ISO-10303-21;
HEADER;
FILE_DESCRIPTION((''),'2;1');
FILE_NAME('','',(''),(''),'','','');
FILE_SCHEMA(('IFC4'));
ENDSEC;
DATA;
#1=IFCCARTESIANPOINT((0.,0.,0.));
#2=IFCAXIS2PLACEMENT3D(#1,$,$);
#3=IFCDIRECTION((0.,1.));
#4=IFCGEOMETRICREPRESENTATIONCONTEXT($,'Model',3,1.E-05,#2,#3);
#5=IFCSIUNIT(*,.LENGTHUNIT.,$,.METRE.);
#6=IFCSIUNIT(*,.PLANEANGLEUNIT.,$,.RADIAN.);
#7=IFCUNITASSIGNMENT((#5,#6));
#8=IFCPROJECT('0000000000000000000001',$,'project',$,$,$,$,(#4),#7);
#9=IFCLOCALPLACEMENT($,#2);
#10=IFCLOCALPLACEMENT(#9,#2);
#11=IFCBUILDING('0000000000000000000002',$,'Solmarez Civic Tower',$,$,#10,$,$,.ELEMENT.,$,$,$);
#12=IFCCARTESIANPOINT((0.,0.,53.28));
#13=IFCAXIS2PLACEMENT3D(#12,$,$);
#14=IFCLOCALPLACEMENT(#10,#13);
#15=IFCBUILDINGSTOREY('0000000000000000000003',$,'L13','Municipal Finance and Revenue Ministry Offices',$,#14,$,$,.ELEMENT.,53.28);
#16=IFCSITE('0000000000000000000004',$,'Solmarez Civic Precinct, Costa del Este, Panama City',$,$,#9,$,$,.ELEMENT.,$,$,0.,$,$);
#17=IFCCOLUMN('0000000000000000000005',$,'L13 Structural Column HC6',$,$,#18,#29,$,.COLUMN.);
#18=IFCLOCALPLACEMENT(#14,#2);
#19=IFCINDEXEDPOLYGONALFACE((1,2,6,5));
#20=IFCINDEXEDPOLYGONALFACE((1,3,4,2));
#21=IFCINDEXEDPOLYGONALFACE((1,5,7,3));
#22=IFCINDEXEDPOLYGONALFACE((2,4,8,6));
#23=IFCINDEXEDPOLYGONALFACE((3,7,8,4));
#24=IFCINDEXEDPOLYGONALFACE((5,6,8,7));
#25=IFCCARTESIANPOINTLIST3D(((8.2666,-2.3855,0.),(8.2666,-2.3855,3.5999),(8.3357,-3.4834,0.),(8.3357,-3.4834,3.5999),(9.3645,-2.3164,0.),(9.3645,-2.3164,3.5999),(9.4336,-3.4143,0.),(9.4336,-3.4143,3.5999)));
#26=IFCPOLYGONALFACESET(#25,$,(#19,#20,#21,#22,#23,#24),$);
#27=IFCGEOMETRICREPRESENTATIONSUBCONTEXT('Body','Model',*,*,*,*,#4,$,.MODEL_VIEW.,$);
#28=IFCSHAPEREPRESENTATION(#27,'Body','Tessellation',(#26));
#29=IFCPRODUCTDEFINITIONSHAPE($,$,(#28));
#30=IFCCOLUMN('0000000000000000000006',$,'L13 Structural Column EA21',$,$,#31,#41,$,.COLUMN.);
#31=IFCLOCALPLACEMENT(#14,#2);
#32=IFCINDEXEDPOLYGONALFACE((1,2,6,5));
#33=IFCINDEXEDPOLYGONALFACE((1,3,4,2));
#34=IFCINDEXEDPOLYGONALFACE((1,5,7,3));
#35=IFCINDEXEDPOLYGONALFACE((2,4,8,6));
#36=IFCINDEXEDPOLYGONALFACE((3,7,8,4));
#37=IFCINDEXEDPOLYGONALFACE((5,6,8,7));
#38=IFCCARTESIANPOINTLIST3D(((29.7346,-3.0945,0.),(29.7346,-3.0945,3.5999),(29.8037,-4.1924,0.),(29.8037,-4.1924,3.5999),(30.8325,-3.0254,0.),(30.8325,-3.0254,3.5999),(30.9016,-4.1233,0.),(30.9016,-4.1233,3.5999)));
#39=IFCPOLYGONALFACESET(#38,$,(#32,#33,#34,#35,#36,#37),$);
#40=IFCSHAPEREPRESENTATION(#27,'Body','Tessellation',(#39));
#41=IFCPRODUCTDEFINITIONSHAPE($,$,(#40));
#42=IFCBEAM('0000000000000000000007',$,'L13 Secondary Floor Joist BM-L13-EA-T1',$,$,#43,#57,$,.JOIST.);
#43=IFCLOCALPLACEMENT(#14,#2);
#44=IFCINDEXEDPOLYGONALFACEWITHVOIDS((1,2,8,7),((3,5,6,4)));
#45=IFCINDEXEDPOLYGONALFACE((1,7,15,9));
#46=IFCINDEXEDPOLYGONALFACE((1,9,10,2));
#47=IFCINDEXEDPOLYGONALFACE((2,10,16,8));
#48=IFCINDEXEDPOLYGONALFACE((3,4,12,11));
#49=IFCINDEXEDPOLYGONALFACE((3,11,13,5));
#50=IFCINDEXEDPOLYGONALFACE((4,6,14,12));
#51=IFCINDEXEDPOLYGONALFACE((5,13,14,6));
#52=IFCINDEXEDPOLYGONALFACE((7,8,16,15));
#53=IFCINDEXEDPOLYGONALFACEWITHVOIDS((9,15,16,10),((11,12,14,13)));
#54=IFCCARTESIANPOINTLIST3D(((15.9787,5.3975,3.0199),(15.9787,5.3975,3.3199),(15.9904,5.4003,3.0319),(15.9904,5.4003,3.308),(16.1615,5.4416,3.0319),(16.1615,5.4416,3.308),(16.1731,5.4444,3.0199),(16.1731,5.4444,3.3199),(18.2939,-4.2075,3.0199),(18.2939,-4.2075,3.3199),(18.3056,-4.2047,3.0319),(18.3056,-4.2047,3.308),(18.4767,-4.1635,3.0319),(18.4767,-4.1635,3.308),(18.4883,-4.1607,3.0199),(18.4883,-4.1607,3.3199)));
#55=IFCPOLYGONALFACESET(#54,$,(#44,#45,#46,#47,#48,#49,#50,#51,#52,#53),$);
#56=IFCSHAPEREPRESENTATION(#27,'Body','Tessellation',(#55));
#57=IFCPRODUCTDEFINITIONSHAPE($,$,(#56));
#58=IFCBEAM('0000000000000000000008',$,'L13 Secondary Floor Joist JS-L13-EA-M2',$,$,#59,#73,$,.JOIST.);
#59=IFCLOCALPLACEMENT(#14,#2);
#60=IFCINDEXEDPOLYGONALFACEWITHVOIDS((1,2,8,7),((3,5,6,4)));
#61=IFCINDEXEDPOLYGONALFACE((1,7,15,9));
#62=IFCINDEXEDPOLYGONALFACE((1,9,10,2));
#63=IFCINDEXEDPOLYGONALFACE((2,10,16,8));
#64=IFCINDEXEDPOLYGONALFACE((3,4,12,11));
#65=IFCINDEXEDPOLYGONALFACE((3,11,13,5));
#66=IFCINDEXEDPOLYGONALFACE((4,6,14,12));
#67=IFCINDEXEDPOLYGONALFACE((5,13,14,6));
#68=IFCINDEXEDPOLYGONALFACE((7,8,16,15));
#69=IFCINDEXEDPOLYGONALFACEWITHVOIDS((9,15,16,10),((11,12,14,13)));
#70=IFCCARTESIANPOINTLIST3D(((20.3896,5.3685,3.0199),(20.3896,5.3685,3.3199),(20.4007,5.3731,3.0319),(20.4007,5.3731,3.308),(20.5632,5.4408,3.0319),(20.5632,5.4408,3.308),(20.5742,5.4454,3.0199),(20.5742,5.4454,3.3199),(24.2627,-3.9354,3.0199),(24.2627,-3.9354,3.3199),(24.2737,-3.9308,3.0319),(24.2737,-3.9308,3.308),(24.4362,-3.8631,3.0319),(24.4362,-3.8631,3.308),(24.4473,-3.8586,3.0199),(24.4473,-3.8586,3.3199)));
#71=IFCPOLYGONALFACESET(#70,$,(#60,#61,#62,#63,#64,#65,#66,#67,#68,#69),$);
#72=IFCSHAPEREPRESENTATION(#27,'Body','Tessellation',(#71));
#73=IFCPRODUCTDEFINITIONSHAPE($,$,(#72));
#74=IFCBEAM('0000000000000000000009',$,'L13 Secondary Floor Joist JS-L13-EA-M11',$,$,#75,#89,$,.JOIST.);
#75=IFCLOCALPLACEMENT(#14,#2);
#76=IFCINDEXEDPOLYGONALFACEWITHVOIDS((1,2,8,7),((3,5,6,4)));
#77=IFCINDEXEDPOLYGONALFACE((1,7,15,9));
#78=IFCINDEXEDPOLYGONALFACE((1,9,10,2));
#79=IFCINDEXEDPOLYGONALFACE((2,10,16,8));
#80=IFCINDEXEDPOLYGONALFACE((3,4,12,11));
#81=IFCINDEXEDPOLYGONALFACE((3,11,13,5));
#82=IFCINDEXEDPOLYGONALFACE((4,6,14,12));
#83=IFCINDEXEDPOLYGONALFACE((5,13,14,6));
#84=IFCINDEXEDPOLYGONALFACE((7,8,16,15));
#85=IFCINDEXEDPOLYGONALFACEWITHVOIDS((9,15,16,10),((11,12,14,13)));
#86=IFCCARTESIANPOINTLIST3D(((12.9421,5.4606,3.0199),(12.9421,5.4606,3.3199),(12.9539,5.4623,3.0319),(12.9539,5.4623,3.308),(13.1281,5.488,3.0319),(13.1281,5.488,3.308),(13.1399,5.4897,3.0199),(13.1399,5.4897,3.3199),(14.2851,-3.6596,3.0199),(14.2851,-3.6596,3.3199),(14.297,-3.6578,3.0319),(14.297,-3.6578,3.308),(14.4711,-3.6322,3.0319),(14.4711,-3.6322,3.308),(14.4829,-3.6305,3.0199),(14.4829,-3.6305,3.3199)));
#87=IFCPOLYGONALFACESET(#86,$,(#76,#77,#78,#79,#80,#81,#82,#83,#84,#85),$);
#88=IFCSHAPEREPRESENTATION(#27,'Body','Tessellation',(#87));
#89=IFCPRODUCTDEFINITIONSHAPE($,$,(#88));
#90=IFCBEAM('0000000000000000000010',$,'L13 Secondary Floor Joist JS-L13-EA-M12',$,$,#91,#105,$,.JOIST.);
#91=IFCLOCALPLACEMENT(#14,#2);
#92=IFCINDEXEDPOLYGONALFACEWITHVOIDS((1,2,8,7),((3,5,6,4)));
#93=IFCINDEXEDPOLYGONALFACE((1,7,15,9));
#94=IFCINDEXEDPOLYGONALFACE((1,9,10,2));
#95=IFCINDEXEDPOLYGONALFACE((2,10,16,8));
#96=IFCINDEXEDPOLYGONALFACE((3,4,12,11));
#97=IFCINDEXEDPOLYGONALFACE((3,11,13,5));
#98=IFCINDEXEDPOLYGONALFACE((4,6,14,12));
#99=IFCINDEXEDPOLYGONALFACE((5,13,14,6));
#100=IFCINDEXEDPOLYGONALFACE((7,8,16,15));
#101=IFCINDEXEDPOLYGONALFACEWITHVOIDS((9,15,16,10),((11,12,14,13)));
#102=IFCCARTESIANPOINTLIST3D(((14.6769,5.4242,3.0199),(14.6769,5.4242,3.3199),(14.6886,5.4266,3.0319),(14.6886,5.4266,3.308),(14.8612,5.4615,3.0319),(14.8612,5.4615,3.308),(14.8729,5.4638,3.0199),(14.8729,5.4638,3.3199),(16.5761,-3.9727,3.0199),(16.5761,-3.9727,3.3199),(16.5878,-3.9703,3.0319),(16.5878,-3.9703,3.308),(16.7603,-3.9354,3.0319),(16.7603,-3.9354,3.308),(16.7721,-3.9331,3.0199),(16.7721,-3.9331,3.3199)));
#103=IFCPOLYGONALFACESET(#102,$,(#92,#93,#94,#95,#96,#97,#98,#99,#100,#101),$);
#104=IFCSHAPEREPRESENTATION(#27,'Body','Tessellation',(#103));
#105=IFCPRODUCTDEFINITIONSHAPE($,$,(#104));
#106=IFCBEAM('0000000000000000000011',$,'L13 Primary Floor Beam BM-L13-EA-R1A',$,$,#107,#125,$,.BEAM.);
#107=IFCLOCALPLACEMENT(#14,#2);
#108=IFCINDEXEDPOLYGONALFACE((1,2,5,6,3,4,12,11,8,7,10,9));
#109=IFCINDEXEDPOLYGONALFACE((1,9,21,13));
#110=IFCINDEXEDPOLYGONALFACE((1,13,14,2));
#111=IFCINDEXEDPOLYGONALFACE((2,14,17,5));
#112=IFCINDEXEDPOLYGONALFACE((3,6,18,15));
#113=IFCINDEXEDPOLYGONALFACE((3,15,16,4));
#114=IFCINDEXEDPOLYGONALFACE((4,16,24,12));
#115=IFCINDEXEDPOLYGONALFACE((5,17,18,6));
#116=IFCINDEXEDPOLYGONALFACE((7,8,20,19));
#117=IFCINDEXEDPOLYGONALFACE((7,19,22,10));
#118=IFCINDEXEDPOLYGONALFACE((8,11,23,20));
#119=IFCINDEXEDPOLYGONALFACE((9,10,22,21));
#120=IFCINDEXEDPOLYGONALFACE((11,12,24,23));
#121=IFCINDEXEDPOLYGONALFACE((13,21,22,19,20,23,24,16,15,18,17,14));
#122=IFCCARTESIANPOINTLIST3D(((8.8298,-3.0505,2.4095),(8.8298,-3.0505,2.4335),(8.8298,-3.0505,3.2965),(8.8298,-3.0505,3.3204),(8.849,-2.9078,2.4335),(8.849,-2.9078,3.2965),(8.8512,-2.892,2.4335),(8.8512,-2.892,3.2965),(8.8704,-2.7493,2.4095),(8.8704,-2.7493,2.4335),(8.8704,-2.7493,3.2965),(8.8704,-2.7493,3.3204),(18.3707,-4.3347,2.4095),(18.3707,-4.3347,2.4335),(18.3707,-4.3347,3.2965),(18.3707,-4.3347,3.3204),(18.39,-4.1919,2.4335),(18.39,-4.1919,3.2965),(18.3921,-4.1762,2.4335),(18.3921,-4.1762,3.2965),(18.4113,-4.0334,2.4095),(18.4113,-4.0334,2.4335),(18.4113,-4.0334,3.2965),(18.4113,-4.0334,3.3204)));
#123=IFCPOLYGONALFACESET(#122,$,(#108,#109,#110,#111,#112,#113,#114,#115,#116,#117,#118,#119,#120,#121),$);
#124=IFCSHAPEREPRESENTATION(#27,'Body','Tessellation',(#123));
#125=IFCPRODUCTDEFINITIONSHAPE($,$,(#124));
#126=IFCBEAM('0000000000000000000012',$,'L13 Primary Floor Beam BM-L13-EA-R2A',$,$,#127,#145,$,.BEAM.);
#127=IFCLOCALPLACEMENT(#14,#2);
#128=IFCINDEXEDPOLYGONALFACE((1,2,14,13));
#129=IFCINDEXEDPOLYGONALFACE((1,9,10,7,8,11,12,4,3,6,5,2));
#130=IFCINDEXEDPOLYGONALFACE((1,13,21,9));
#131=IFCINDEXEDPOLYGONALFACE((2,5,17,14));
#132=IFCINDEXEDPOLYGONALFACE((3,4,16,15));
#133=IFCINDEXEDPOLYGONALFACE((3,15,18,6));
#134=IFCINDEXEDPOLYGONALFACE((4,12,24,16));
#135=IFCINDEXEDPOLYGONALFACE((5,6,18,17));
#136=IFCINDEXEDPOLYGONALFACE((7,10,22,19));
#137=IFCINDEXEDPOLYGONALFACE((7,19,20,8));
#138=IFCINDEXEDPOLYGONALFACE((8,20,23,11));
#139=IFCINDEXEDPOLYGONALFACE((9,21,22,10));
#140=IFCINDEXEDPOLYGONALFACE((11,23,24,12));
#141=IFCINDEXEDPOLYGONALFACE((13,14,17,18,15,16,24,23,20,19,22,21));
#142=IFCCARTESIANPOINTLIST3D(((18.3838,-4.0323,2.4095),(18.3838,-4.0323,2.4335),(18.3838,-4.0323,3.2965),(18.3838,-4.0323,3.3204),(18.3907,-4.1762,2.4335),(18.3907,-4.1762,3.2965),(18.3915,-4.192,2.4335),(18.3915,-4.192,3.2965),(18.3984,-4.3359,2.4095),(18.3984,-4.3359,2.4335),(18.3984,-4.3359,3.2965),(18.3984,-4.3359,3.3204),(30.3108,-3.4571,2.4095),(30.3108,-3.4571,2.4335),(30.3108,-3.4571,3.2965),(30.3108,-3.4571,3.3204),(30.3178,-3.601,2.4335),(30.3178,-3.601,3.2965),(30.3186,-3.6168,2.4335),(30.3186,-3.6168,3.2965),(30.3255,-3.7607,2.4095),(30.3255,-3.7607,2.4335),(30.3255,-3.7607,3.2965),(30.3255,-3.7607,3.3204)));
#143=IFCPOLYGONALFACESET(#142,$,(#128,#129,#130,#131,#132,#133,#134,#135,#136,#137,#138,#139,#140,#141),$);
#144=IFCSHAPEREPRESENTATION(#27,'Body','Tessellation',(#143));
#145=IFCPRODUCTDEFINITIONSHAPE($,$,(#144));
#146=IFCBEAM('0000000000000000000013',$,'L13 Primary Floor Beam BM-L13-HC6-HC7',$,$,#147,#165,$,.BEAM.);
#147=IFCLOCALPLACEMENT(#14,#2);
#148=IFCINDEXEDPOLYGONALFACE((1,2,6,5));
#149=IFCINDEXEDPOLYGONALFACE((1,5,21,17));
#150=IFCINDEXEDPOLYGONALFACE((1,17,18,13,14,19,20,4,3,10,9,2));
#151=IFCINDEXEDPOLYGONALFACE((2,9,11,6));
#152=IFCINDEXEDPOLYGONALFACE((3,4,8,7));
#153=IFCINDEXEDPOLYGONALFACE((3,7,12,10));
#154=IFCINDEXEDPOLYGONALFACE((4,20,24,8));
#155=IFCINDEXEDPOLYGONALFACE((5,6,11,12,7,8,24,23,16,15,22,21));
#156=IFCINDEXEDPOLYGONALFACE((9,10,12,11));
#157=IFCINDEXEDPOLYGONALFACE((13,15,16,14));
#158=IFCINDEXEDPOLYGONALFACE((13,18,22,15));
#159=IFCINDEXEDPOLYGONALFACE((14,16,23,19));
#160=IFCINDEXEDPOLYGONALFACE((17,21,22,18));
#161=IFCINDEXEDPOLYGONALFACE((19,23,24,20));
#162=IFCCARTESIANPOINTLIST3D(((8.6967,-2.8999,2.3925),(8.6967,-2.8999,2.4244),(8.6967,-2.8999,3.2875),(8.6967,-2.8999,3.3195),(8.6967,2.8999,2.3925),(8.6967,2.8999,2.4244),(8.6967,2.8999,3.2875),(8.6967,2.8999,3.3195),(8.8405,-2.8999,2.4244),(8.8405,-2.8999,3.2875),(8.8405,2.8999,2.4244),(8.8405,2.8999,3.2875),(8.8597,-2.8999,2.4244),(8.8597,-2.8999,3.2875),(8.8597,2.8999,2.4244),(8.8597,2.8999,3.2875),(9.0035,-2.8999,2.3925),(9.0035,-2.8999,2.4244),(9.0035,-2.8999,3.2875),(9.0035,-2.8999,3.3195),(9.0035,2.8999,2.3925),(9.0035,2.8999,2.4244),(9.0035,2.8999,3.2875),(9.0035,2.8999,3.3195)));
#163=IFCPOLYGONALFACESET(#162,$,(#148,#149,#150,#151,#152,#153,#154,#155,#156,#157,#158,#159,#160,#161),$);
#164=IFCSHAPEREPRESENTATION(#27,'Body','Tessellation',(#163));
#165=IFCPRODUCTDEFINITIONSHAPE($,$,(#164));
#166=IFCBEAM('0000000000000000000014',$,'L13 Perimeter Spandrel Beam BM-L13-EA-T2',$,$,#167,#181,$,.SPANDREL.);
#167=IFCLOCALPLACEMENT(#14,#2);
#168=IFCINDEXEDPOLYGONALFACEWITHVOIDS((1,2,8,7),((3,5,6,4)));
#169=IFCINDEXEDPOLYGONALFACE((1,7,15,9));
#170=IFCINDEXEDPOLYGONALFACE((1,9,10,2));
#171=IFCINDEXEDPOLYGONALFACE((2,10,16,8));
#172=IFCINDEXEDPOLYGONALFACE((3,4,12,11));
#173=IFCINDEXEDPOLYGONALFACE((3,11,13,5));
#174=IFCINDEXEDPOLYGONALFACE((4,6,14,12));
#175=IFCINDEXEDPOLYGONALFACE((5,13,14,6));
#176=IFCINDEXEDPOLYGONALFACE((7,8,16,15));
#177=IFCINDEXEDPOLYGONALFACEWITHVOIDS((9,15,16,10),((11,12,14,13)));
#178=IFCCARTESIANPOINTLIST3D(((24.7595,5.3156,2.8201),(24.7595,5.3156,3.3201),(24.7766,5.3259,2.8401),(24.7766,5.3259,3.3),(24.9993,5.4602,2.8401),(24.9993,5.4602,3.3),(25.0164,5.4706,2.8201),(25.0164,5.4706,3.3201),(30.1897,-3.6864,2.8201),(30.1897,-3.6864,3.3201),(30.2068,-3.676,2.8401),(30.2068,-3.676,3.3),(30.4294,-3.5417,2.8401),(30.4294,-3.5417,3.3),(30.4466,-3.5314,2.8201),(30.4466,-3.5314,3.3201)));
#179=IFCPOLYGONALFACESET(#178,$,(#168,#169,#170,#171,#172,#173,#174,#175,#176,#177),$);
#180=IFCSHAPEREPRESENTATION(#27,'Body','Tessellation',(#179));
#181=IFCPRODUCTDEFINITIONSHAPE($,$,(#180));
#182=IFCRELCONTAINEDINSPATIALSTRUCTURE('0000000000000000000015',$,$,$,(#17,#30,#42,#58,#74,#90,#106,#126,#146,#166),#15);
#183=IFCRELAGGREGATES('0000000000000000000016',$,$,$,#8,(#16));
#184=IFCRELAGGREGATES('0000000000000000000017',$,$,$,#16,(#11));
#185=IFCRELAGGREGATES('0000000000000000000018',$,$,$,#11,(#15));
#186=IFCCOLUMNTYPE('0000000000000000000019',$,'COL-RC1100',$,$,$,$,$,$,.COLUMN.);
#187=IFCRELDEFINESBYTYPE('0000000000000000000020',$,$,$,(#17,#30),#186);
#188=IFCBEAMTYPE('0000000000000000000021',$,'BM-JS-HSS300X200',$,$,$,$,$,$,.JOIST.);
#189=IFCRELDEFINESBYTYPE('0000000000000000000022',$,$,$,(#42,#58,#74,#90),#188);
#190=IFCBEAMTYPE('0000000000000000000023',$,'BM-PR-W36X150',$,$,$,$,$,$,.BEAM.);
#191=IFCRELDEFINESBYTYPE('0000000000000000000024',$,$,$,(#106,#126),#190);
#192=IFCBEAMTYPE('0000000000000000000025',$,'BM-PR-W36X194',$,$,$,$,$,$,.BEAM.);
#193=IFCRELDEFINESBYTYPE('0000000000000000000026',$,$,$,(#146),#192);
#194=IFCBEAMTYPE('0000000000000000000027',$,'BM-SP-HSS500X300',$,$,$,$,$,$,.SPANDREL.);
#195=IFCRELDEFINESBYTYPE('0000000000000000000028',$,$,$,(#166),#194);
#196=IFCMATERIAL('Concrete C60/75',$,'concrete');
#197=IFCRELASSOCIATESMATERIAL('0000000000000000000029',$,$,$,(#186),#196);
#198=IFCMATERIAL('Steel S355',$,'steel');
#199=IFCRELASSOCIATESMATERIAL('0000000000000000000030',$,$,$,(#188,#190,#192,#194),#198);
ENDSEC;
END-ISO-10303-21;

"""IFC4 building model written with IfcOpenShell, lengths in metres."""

from ifc_helpers import new_model, si_unit, direction, frame, origin, origin_2d, place, context, subcontext, project, spatial, rectangle, hollow_rectangle, i_section, extrude, material, material_profile, profile_set, type_object, element, save


model = new_model("IFC4")

# Units and contexts
model_context = context("Model", 3, precision=1e-05, world=origin(), true_north=direction((0.0, 1.0)))
body_context = subcontext(model_context, "Body", "Model", "MODEL_VIEW")
ifc_project = project(units=[si_unit("LENGTHUNIT", "METRE"), si_unit("PLANEANGLEUNIT", "RADIAN")], contexts=[model_context])

# Site, building, storey
site_placement = place(None, origin())
site = spatial("IfcSite", under=ifc_project, at=site_placement, Name="Solmarez Civic Precinct, Costa del Este, Panama City", CompositionType="ELEMENT", RefElevation=0.0)
building_placement = place(site_placement, origin())
building = spatial("IfcBuilding", under=site, at=building_placement, Name="Solmarez Civic Tower", CompositionType="ELEMENT")
storey_placement = place(building_placement, frame((0.0, 0.0, 53.28)))
storey = spatial("IfcBuildingStorey", under=building, at=storey_placement, Name="L13", Description="Municipal Finance and Revenue Ministry Offices", CompositionType="ELEMENT", Elevation=53.28)

# Columns
ifc_material_1 = material(Name="Concrete C60/75", Category="concrete")
ifc_material_profile_1 = material_profile(ifc_material_1, rectangle(XDim=1.1001, YDim=1.1001, at=origin_2d()), Name="RC1100X1100")
ifc_profile_set_1 = profile_set([ifc_material_profile_1], Name="Concrete C60/75")
column_type = type_object("IfcColumnType", Name="COL-RC1100", PredefinedType="COLUMN", material=ifc_profile_set_1)
for number, where, z_axis, x_axis, name in (
    (1, (8.8501, -2.8999, 0.0), (0.0, 0.0, 1.0), (0.998027, 0.062791, 0.0), "L13 Structural Column HC6"),
    (2, (30.3181, -3.6089, 0.0), (0.0, 0.0, 1.0), (0.998027, 0.062791, 0.0), "L13 Structural Column EA21"),
):
    element("IfcColumn", number, at=place(storey_placement, frame(where, z_axis=z_axis, x_axis=x_axis)), inside=storey, type_object=column_type, Name=name, PredefinedType="COLUMN", context=body_context, shape_type="SweptSolid", body=[
        extrude(rectangle(XDim=1.1001, YDim=1.1001, at=origin_2d()), origin(), (0.0, 0.0, 1.0), 3.5999),
    ])

# Beams
ifc_material_2 = material(Name="Steel S355", Category="steel")
ifc_material_profile_2 = material_profile(ifc_material_2, hollow_rectangle(XDim=0.2, YDim=0.3, WallThickness=0.012, at=origin_2d()), Name="HSS300X200X12")
ifc_profile_set_2 = profile_set([ifc_material_profile_2], Name="Steel S355")
beam_type_1 = type_object("IfcBeamType", Name="BM-JS-HSS300X200", PredefinedType="JOIST", material=ifc_profile_set_2)
beam_1_placement = place(storey_placement, frame((18.3911, -4.1841, 3.1699), z_axis=(-0.234329, 0.972157, 0.0), x_axis=(-0.972157, -0.234329, 0.0)))
element("IfcBeam", 3, at=beam_1_placement, inside=storey, type_object=beam_type_1, Name="L13 Secondary Floor Joist BM-L13-EA-T1", PredefinedType="JOIST", context=body_context, shape_type="SweptSolid", body=[
    extrude(hollow_rectangle(XDim=0.2, YDim=0.3, WallThickness=0.012, at=origin_2d()), origin(), (0.0, 0.0, 1.0), 9.8801),
])
beam_2_placement = place(storey_placement, frame((24.355, -3.897, 3.1699), z_axis=(-0.384311, 0.923204, 0.0), x_axis=(-0.923204, -0.384311, 0.0)))
element("IfcBeam", 4, at=beam_2_placement, inside=storey, type_object=beam_type_1, Name="L13 Secondary Floor Joist JS-L13-EA-M2", PredefinedType="JOIST", context=body_context, shape_type="SweptSolid", body=[
    extrude(hollow_rectangle(XDim=0.2, YDim=0.3, WallThickness=0.012, at=origin_2d()), origin(), (0.0, 0.0, 1.0), 10.0779),
])
beam_3_placement = place(storey_placement, frame((14.384, -3.645, 3.1699), z_axis=(-0.145688, 0.989331, 0.0), x_axis=(-0.989331, -0.145688, 0.0)))
element("IfcBeam", 5, at=beam_3_placement, inside=storey, type_object=beam_type_1, Name="L13 Secondary Floor Joist JS-L13-EA-M11", PredefinedType="JOIST", context=body_context, shape_type="SweptSolid", body=[
    extrude(hollow_rectangle(XDim=0.2, YDim=0.3, WallThickness=0.012, at=origin_2d()), origin(), (0.0, 0.0, 1.0), 9.2185),
])
beam_4_placement = place(storey_placement, frame((16.6741, -3.9529, 3.1699), z_axis=(-0.198099, 0.980182, 0.0), x_axis=(-0.980182, -0.198099, 0.0)))
element("IfcBeam", 6, at=beam_4_placement, inside=storey, type_object=beam_type_1, Name="L13 Secondary Floor Joist JS-L13-EA-M12", PredefinedType="JOIST", context=body_context, shape_type="SweptSolid", body=[
    extrude(hollow_rectangle(XDim=0.2, YDim=0.3, WallThickness=0.012, at=origin_2d()), origin(), (0.0, 0.0, 1.0), 9.5869),
])
ifc_material_profile_3 = material_profile(ifc_material_2, i_section(OverallWidth=0.304, OverallDepth=0.9109, WebThickness=0.0159, FlangeThickness=0.0239, at=origin_2d()), Name="W36X150")
ifc_profile_set_3 = profile_set([ifc_material_profile_3], Name="Steel S355")
beam_type_2 = type_object("IfcBeamType", Name="BM-PR-W36X150", PredefinedType="BEAM", material=ifc_profile_set_3)
beam_5_placement = place(storey_placement, frame((8.8501, -2.8999, 2.865), z_axis=(0.991063, -0.133393, 0.0), x_axis=(0.133393, 0.991063, 0.0)))
element("IfcBeam", 7, at=beam_5_placement, inside=storey, type_object=beam_type_2, Name="L13 Primary Floor Beam BM-L13-EA-R1A", PredefinedType="BEAM", context=body_context, shape_type="SweptSolid", body=[
    extrude(i_section(OverallWidth=0.304, OverallDepth=0.9109, WebThickness=0.0159, FlangeThickness=0.0239, at=origin_2d()), origin(), (0.0, 0.0, 1.0), 9.627),
])
beam_6_placement = place(storey_placement, frame((18.3911, -4.1841, 2.865), z_axis=(0.998839, 0.04817, 0.0), x_axis=(-0.04817, 0.998839, 0.0)))
element("IfcBeam", 8, at=beam_6_placement, inside=storey, type_object=beam_type_2, Name="L13 Primary Floor Beam BM-L13-EA-R2A", PredefinedType="BEAM", context=body_context, shape_type="SweptSolid", body=[
    extrude(i_section(OverallWidth=0.304, OverallDepth=0.9109, WebThickness=0.0159, FlangeThickness=0.0239, at=origin_2d()), origin(), (0.0, 0.0, 1.0), 11.9409),
])
ifc_material_profile_4 = material_profile(ifc_material_2, i_section(OverallWidth=0.3069, OverallDepth=0.927, WebThickness=0.0193, FlangeThickness=0.032, at=origin_2d()), Name="W36X194")
ifc_profile_set_4 = profile_set([ifc_material_profile_4], Name="Steel S355")
beam_type_3 = type_object("IfcBeamType", Name="BM-PR-W36X194", PredefinedType="BEAM", material=ifc_profile_set_4)
beam_7_placement = place(storey_placement, frame((8.8501, -2.8999, 2.856), z_axis=(0.0, 1.0, 0.0), x_axis=(-1.0, 0.0, 0.0)))
element("IfcBeam", 9, at=beam_7_placement, inside=storey, type_object=beam_type_3, Name="L13 Primary Floor Beam BM-L13-HC6-HC7", PredefinedType="BEAM", context=body_context, shape_type="SweptSolid", body=[
    extrude(i_section(OverallWidth=0.3069, OverallDepth=0.927, WebThickness=0.0193, FlangeThickness=0.032, at=origin_2d()), origin(), (0.0, 0.0, 1.0), 5.7998),
])
ifc_material_profile_5 = material_profile(ifc_material_2, hollow_rectangle(XDim=0.3, YDim=0.5, WallThickness=0.02, at=origin_2d()), Name="HSS500X300X20")
ifc_profile_set_5 = profile_set([ifc_material_profile_5], Name="Steel S355")
beam_type_4 = type_object("IfcBeamType", Name="BM-SP-HSS500X300", PredefinedType="SPANDREL", material=ifc_profile_set_5)
beam_8_placement = place(storey_placement, frame((30.3181, -3.6089, 3.0701), z_axis=(-0.516523, 0.856273, 0.0), x_axis=(-0.856273, -0.516523, 0.0)))
element("IfcBeam", 10, at=beam_8_placement, inside=storey, type_object=beam_type_4, Name="L13 Perimeter Spandrel Beam BM-L13-EA-T2", PredefinedType="SPANDREL", context=body_context, shape_type="SweptSolid", body=[
    extrude(hollow_rectangle(XDim=0.3, YDim=0.5, WallThickness=0.02, at=origin_2d()), origin(), (0.0, 0.0, 1.0), 10.5129),
])

save(model, "model.ifc")
